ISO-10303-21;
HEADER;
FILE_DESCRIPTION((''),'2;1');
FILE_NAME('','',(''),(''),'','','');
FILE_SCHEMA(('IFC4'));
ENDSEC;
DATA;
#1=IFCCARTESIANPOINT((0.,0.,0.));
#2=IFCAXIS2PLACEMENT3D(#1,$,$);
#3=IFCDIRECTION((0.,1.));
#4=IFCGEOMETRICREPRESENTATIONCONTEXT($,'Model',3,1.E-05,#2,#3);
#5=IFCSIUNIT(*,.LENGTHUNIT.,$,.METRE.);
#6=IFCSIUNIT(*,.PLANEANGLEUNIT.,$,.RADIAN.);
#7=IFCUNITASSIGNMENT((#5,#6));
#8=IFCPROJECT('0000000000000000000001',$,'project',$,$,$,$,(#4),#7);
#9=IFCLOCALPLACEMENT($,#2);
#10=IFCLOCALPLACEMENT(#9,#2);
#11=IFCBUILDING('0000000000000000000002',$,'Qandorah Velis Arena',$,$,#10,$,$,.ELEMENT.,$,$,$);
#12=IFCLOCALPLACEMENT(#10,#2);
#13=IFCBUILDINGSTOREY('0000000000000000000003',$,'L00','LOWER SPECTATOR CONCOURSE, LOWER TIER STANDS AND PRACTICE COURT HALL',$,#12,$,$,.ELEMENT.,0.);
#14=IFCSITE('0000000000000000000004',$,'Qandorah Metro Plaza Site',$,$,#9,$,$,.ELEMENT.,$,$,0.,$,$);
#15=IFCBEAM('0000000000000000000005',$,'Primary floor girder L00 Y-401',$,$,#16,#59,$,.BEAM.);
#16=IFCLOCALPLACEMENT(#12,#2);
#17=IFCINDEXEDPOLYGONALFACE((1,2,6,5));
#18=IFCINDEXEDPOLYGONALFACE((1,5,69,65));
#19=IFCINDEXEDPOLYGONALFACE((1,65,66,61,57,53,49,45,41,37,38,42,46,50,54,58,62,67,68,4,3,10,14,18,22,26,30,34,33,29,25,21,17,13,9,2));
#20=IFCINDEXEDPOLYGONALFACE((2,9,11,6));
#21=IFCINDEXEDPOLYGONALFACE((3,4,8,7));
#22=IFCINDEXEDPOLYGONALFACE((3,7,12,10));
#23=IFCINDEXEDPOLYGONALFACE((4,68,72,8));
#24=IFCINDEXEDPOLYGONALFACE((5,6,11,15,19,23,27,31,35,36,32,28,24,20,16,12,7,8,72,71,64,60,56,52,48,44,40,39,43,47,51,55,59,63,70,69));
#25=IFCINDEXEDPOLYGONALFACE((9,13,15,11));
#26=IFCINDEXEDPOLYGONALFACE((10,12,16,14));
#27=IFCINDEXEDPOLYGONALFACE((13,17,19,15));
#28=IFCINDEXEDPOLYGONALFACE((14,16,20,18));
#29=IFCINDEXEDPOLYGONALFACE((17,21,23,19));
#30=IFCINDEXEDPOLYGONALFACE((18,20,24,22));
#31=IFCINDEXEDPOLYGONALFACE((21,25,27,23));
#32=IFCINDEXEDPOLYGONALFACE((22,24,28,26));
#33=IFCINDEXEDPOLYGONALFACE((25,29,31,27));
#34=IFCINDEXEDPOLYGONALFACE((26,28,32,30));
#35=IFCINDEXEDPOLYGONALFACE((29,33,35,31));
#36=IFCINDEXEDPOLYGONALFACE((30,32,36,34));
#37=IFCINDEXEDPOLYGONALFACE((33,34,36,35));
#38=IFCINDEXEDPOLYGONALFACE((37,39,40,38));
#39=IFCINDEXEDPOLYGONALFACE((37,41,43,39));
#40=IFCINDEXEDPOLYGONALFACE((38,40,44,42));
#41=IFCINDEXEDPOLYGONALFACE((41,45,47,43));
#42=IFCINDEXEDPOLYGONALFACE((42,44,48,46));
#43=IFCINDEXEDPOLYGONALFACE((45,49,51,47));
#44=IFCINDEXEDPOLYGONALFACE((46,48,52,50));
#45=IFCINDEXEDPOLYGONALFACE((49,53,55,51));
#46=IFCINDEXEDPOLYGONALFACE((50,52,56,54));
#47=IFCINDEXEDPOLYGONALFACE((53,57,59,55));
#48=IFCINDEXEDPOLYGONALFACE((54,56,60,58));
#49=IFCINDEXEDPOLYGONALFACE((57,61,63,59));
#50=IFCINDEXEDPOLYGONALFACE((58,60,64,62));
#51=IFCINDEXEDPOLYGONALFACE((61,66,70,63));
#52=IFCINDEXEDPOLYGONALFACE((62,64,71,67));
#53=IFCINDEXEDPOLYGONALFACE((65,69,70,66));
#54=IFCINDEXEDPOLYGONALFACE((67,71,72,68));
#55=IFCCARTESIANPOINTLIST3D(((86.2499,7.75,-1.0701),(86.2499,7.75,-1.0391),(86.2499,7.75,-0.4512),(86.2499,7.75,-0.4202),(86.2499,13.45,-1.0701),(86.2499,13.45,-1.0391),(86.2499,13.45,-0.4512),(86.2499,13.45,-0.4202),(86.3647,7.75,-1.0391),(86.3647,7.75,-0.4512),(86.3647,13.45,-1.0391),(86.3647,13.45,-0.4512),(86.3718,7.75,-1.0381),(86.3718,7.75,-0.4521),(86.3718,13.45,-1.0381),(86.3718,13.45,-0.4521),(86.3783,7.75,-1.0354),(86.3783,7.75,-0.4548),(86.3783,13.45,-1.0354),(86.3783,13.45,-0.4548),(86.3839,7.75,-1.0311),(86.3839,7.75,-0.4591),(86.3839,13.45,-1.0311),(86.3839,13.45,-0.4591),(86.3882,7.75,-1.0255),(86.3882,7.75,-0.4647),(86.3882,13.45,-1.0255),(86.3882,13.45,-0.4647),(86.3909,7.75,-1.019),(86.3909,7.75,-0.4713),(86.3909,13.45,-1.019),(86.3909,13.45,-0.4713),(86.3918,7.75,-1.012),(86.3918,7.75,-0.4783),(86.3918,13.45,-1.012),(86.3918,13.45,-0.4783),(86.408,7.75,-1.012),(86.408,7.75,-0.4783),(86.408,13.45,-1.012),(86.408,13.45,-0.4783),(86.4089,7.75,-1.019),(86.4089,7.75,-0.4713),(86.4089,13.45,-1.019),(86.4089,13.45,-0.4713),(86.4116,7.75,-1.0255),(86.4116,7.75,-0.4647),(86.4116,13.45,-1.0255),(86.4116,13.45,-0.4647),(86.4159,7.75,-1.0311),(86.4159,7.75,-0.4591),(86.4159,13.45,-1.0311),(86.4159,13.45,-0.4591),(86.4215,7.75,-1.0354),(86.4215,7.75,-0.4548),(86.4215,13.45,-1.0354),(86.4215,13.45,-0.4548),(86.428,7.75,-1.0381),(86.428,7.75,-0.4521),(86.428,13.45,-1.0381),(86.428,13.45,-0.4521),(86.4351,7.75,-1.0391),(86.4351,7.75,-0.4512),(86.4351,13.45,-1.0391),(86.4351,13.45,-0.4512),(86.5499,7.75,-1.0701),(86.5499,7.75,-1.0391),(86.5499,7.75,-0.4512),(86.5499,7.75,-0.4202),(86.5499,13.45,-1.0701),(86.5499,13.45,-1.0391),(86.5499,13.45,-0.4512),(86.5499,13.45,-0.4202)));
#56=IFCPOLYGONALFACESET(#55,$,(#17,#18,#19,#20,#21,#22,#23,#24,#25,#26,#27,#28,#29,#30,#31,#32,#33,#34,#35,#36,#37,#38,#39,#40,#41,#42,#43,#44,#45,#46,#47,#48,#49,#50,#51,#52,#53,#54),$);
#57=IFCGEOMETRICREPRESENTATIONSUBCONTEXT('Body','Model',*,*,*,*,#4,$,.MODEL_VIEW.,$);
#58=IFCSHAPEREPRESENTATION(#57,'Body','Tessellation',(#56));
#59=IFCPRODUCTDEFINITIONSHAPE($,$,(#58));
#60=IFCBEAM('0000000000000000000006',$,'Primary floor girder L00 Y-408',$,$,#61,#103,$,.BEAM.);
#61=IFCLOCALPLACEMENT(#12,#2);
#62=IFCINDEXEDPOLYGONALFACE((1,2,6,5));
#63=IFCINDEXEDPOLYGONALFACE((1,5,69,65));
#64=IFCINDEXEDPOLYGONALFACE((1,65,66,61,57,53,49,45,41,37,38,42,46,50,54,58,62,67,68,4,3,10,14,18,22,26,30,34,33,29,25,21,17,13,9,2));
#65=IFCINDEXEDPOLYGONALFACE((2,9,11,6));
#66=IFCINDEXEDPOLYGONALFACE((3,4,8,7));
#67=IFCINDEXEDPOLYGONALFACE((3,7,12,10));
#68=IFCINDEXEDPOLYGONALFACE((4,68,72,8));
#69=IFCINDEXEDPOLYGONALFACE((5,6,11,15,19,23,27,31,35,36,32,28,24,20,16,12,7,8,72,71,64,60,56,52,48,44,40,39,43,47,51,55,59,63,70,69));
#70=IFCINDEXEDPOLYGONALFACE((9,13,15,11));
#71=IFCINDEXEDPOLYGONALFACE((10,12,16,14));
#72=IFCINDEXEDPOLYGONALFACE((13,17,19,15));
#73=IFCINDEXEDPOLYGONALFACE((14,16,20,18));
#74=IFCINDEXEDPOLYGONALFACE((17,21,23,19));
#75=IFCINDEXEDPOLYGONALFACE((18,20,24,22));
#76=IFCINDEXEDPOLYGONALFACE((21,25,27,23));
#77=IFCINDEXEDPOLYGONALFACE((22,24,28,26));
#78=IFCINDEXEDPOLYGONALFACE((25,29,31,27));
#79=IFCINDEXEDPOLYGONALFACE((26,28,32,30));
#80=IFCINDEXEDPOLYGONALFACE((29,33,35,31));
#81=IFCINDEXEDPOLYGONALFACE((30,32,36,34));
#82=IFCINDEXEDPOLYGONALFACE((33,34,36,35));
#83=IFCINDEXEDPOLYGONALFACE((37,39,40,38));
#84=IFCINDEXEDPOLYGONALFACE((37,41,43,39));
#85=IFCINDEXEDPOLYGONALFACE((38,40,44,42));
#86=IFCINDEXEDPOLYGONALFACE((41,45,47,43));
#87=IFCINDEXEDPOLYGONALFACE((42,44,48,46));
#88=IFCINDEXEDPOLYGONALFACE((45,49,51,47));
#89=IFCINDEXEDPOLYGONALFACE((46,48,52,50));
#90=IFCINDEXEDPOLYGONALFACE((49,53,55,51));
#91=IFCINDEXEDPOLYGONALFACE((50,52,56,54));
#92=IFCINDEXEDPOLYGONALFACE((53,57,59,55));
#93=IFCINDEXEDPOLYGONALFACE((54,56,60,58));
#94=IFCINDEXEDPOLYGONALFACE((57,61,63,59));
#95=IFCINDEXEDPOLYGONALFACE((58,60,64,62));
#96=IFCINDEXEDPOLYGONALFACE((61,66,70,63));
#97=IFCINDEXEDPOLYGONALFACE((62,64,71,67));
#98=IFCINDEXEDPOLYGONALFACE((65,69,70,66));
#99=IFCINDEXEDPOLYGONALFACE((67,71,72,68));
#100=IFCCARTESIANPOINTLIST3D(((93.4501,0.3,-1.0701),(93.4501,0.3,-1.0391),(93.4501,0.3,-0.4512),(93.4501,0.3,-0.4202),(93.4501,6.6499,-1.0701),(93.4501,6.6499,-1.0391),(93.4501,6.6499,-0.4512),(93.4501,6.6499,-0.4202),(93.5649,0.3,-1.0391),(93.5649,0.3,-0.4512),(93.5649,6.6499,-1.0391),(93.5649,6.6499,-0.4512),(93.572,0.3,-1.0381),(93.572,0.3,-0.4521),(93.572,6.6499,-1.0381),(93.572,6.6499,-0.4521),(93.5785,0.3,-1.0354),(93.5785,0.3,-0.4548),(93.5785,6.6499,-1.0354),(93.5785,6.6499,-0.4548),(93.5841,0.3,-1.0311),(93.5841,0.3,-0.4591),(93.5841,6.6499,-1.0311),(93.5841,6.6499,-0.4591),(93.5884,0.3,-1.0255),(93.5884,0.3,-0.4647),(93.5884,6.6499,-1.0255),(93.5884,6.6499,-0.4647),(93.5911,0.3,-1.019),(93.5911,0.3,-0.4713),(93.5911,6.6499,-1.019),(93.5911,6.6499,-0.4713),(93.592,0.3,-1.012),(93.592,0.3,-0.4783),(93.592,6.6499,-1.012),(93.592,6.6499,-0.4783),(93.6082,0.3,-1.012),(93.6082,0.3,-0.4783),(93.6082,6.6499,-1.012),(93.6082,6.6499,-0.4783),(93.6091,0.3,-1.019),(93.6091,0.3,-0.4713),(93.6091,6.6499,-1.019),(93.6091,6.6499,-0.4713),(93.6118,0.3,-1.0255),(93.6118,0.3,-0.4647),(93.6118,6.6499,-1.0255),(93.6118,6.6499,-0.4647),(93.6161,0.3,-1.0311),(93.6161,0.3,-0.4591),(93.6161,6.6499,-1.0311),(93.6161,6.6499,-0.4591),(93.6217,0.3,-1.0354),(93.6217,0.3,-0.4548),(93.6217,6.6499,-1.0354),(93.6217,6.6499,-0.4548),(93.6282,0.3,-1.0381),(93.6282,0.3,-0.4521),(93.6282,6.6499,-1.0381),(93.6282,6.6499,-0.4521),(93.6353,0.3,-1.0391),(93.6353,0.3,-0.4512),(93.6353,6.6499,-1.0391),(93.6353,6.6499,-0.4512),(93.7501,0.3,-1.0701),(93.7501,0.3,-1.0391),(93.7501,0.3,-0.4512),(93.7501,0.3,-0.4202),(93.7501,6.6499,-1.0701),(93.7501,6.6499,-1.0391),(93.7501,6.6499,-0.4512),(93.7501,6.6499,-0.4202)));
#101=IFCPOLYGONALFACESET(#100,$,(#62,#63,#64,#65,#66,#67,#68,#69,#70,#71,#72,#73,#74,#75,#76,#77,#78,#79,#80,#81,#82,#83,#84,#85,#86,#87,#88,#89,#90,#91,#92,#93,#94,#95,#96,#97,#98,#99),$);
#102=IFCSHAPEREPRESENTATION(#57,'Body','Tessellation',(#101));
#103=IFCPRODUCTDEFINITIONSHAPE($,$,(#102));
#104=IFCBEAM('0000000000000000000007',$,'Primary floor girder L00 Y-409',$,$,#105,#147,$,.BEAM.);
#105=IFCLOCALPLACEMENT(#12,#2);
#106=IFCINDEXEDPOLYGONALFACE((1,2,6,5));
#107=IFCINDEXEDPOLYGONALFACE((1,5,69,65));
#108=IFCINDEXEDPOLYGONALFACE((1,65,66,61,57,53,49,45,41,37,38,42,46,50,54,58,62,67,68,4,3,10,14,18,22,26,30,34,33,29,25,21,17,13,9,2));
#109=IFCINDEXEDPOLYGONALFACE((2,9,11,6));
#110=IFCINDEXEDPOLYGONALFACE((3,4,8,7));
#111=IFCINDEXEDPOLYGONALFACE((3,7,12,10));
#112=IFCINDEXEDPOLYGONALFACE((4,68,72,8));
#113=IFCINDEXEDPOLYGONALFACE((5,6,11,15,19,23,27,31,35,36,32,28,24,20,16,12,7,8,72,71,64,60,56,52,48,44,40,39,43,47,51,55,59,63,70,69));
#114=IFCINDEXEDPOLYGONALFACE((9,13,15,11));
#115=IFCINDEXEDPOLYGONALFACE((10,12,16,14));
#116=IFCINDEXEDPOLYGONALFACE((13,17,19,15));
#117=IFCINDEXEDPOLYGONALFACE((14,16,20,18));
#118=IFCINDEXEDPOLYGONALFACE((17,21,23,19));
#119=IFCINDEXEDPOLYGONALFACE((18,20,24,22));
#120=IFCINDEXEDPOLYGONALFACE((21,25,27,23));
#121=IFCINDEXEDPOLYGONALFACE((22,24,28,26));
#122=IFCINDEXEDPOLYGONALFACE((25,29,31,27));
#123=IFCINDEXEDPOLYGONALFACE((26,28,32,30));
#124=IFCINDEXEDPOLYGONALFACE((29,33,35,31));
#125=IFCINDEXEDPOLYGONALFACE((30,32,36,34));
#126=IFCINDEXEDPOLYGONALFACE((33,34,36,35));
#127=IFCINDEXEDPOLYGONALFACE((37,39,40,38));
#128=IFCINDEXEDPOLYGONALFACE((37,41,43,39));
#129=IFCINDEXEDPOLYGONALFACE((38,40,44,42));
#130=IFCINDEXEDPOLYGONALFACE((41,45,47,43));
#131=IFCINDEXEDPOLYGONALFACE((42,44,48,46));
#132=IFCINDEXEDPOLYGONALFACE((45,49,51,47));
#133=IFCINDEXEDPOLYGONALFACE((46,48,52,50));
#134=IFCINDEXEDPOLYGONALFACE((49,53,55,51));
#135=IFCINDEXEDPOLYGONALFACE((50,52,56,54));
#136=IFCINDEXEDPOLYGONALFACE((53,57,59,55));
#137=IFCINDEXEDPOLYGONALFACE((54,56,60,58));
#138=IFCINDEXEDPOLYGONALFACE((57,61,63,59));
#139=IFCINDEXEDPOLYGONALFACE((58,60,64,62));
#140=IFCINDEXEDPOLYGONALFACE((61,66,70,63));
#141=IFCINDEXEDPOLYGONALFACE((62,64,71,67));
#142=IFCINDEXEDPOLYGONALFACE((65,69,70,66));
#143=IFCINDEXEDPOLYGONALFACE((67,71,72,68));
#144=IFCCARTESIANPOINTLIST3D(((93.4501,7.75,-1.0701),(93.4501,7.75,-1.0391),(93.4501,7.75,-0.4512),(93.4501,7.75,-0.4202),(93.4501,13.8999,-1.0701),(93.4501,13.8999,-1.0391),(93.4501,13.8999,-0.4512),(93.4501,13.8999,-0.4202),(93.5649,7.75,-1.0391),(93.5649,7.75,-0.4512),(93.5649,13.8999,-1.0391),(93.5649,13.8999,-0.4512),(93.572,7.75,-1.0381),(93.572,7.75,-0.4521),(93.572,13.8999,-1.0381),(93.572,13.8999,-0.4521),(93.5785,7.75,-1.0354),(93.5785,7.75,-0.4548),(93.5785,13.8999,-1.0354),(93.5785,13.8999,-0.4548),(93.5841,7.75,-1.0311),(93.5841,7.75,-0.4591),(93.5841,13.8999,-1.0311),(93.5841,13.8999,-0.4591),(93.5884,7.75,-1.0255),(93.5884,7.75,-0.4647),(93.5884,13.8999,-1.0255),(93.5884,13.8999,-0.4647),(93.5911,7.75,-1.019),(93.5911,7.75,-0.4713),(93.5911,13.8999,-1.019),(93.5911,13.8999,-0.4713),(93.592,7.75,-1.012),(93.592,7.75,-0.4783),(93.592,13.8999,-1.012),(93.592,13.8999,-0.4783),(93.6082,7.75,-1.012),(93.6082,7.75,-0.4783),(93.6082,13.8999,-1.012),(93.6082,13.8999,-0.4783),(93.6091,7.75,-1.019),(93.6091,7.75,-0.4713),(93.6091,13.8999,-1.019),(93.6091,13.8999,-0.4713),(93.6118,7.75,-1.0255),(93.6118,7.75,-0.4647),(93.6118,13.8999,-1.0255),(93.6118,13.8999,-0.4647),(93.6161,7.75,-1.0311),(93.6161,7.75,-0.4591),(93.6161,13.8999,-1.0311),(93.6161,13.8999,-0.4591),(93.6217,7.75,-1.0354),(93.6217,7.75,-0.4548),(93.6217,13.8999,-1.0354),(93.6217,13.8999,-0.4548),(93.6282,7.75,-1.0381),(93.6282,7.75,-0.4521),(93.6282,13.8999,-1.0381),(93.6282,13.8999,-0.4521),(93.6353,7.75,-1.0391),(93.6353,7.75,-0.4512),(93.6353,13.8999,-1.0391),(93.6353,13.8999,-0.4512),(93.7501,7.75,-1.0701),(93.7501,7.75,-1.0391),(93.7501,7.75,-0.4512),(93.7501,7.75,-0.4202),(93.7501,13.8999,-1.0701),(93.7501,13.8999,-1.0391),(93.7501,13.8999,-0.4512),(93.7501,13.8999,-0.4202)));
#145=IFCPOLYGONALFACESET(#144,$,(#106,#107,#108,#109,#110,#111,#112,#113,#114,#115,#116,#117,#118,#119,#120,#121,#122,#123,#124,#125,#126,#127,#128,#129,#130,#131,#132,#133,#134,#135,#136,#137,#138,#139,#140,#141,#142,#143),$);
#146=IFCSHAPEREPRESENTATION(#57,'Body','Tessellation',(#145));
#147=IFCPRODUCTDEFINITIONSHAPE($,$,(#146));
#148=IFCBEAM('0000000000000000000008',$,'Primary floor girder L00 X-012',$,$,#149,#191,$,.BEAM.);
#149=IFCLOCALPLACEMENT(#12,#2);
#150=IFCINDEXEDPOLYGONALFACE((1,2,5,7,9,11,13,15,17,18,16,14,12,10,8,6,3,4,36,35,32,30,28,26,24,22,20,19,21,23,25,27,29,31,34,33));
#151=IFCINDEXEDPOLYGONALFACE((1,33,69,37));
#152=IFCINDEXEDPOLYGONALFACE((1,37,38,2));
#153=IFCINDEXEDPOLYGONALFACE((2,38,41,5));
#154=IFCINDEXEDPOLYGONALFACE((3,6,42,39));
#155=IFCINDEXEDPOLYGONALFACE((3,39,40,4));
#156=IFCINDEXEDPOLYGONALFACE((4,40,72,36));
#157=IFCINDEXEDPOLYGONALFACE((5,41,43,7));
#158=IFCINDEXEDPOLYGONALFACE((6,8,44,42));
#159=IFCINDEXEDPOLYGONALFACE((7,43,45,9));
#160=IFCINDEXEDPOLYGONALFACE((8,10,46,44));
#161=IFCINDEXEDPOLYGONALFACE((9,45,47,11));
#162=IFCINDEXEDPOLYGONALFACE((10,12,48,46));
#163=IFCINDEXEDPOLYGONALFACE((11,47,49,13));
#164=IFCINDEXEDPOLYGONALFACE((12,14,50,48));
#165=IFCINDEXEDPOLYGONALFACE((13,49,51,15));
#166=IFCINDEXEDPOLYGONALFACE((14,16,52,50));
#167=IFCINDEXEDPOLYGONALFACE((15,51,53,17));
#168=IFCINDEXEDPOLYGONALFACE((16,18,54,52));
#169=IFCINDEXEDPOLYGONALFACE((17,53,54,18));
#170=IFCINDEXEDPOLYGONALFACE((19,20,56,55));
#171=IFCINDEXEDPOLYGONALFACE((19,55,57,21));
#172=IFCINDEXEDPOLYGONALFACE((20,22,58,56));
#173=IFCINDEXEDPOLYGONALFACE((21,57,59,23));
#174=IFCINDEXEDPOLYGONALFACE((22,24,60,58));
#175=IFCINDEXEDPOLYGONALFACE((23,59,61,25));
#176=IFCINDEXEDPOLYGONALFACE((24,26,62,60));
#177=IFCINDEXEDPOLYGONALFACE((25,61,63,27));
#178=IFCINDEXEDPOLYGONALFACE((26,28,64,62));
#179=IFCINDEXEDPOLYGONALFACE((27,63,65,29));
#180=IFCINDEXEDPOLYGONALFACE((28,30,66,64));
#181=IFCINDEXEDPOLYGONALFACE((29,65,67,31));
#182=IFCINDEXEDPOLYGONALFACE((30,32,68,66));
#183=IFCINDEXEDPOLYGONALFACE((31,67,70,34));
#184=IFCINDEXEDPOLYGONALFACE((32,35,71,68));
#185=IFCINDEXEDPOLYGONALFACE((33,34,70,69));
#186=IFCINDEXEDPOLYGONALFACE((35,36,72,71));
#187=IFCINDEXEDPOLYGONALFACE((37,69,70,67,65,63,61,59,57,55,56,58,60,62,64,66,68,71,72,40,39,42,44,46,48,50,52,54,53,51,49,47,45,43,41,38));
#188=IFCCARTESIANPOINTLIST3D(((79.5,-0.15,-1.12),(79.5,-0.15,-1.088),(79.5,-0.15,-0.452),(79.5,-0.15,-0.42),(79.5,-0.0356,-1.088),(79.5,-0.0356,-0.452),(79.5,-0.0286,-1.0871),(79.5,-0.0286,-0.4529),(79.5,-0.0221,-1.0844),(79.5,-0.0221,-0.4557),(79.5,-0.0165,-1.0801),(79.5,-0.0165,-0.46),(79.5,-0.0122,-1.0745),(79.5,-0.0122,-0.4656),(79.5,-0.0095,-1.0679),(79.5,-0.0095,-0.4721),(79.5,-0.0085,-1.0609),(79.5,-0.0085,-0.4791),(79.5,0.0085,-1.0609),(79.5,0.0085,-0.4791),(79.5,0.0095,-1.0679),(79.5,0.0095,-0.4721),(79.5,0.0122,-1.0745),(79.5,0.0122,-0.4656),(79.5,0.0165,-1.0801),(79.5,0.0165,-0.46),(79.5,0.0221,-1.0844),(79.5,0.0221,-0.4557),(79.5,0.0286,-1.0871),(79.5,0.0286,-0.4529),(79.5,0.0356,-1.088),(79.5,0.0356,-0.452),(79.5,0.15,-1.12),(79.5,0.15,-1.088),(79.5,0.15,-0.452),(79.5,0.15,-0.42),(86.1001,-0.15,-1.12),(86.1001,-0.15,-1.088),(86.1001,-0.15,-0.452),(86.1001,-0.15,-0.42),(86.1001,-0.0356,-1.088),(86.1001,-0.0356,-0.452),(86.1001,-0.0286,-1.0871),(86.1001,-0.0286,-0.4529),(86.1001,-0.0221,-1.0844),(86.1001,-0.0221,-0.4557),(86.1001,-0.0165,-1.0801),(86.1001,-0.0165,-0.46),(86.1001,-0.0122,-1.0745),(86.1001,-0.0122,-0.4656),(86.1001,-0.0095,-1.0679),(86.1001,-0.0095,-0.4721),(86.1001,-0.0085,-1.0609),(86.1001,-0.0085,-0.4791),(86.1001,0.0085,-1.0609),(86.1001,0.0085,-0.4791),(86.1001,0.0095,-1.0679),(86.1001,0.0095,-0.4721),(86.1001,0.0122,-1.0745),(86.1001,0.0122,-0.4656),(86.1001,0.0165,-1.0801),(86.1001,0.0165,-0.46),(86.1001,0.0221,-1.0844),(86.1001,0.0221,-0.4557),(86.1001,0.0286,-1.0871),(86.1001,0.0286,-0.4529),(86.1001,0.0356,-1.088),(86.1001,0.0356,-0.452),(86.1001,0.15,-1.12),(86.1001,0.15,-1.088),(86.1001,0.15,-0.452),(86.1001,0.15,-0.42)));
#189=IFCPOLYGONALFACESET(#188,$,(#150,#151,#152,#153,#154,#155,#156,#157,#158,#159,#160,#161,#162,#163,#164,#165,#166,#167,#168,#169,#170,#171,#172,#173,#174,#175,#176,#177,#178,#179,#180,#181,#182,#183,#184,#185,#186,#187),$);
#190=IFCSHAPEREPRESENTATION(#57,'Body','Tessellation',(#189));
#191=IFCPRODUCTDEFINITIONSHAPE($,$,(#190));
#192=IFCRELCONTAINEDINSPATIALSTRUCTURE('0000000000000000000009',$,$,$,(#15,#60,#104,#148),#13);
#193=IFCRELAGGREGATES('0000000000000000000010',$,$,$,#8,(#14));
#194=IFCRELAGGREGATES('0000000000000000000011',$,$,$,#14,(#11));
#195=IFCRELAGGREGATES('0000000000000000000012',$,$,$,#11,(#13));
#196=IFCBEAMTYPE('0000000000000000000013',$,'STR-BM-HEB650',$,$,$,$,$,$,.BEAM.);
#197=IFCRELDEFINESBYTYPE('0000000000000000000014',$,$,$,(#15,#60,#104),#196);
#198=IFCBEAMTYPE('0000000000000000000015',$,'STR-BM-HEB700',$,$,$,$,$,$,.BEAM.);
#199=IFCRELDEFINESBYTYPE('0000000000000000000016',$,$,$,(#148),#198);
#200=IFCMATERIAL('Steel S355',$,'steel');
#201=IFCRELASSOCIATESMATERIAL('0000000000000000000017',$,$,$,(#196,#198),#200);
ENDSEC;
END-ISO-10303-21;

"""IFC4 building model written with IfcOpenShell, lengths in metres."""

from ifc_helpers import new_model, si_unit, direction, frame, origin, origin_2d, place, context, subcontext, project, spatial, i_section, extrude, material, material_profile, profile_set, type_object, element, save


model = new_model("IFC4")

# Units and contexts
model_context = context("Model", 3, precision=1e-05, world=origin(), true_north=direction((0.0, 1.0)))
body_context = subcontext(model_context, "Body", "Model", "MODEL_VIEW")
ifc_project = project(units=[si_unit("LENGTHUNIT", "METRE"), si_unit("PLANEANGLEUNIT", "RADIAN")], contexts=[model_context])

# Site, building, storey
site_placement = place(None, origin())
site = spatial("IfcSite", under=ifc_project, at=site_placement, Name="Qandorah Metro Plaza Site", CompositionType="ELEMENT", RefElevation=0.0)
building_placement = place(site_placement, origin())
building = spatial("IfcBuilding", under=site, at=building_placement, Name="Qandorah Velis Arena", CompositionType="ELEMENT")
storey_placement = place(building_placement, origin())
storey = spatial("IfcBuildingStorey", under=building, at=storey_placement, Name="L00", Description="LOWER SPECTATOR CONCOURSE, LOWER TIER STANDS AND PRACTICE COURT HALL", CompositionType="ELEMENT", Elevation=0.0)

# Beams
ifc_material_1 = material(Name="Steel S355", Category="steel")
ifc_material_profile_1 = material_profile(ifc_material_1, i_section(OverallWidth=0.3, OverallDepth=0.6499, WebThickness=0.0161, FlangeThickness=0.031, FilletRadius=0.0271, at=origin_2d()), Name="HEB 650")
ifc_profile_set_1 = profile_set([ifc_material_profile_1], Name="Steel S355")
beam_type_1 = type_object("IfcBeamType", Name="STR-BM-HEB650", PredefinedType="BEAM", material=ifc_profile_set_1)
beam_1_placement = place(storey_placement, frame((86.3999, 7.75, -0.7451), z_axis=(0.0, 1.0, 0.0), x_axis=(-1.0, 0.0, 0.0)))
element("IfcBeam", 1, at=beam_1_placement, inside=storey, type_object=beam_type_1, Name="Primary floor girder L00 Y-401", PredefinedType="BEAM", context=body_context, shape_type="SweptSolid", body=[
    extrude(i_section(OverallWidth=0.3, OverallDepth=0.6499, WebThickness=0.0161, FlangeThickness=0.031, FilletRadius=0.0271, at=origin_2d()), origin(), (0.0, 0.0, 1.0), 5.7),
])
beam_2_placement = place(storey_placement, frame((93.6001, 0.3, -0.7451), z_axis=(0.0, 1.0, 0.0), x_axis=(-1.0, 0.0, 0.0)))
element("IfcBeam", 2, at=beam_2_placement, inside=storey, type_object=beam_type_1, Name="Primary floor girder L00 Y-408", PredefinedType="BEAM", context=body_context, shape_type="SweptSolid", body=[
    extrude(i_section(OverallWidth=0.3, OverallDepth=0.6499, WebThickness=0.0161, FlangeThickness=0.031, FilletRadius=0.0271, at=origin_2d()), origin(), (0.0, 0.0, 1.0), 6.3499),
])
beam_3_placement = place(storey_placement, frame((93.6001, 7.75, -0.7451), z_axis=(0.0, 1.0, 0.0), x_axis=(-1.0, 0.0, 0.0)))
element("IfcBeam", 3, at=beam_3_placement, inside=storey, type_object=beam_type_1, Name="Primary floor girder L00 Y-409", PredefinedType="BEAM", context=body_context, shape_type="SweptSolid", body=[
    extrude(i_section(OverallWidth=0.3, OverallDepth=0.6499, WebThickness=0.0161, FlangeThickness=0.031, FilletRadius=0.0271, at=origin_2d()), origin(), (0.0, 0.0, 1.0), 6.1499),
])
ifc_material_profile_2 = material_profile(ifc_material_1, i_section(OverallWidth=0.3, OverallDepth=0.7, WebThickness=0.0171, FlangeThickness=0.032, FilletRadius=0.0271, at=origin_2d()), Name="HEB 700")
ifc_profile_set_2 = profile_set([ifc_material_profile_2], Name="Steel S355")
beam_type_2 = type_object("IfcBeamType", Name="STR-BM-HEB700", PredefinedType="BEAM", material=ifc_profile_set_2)
for number, where, z_axis, x_axis, name in (
    (4, (79.5, 0.0, -0.77), (1.0, 0.0, 0.0), (0.0, 1.0, 0.0), "Primary floor girder L00 X-012"),
):
    element("IfcBeam", number, at=place(storey_placement, frame(where, z_axis=z_axis, x_axis=x_axis)), inside=storey, type_object=beam_type_2, Name=name, PredefinedType="BEAM", context=body_context, shape_type="SweptSolid", body=[
        extrude(i_section(OverallWidth=0.3, OverallDepth=0.7, WebThickness=0.0171, FlangeThickness=0.032, FilletRadius=0.0271, at=origin_2d()), origin(), (0.0, 0.0, 1.0), 6.6001),
    ])

save(model, "model.ifc")
